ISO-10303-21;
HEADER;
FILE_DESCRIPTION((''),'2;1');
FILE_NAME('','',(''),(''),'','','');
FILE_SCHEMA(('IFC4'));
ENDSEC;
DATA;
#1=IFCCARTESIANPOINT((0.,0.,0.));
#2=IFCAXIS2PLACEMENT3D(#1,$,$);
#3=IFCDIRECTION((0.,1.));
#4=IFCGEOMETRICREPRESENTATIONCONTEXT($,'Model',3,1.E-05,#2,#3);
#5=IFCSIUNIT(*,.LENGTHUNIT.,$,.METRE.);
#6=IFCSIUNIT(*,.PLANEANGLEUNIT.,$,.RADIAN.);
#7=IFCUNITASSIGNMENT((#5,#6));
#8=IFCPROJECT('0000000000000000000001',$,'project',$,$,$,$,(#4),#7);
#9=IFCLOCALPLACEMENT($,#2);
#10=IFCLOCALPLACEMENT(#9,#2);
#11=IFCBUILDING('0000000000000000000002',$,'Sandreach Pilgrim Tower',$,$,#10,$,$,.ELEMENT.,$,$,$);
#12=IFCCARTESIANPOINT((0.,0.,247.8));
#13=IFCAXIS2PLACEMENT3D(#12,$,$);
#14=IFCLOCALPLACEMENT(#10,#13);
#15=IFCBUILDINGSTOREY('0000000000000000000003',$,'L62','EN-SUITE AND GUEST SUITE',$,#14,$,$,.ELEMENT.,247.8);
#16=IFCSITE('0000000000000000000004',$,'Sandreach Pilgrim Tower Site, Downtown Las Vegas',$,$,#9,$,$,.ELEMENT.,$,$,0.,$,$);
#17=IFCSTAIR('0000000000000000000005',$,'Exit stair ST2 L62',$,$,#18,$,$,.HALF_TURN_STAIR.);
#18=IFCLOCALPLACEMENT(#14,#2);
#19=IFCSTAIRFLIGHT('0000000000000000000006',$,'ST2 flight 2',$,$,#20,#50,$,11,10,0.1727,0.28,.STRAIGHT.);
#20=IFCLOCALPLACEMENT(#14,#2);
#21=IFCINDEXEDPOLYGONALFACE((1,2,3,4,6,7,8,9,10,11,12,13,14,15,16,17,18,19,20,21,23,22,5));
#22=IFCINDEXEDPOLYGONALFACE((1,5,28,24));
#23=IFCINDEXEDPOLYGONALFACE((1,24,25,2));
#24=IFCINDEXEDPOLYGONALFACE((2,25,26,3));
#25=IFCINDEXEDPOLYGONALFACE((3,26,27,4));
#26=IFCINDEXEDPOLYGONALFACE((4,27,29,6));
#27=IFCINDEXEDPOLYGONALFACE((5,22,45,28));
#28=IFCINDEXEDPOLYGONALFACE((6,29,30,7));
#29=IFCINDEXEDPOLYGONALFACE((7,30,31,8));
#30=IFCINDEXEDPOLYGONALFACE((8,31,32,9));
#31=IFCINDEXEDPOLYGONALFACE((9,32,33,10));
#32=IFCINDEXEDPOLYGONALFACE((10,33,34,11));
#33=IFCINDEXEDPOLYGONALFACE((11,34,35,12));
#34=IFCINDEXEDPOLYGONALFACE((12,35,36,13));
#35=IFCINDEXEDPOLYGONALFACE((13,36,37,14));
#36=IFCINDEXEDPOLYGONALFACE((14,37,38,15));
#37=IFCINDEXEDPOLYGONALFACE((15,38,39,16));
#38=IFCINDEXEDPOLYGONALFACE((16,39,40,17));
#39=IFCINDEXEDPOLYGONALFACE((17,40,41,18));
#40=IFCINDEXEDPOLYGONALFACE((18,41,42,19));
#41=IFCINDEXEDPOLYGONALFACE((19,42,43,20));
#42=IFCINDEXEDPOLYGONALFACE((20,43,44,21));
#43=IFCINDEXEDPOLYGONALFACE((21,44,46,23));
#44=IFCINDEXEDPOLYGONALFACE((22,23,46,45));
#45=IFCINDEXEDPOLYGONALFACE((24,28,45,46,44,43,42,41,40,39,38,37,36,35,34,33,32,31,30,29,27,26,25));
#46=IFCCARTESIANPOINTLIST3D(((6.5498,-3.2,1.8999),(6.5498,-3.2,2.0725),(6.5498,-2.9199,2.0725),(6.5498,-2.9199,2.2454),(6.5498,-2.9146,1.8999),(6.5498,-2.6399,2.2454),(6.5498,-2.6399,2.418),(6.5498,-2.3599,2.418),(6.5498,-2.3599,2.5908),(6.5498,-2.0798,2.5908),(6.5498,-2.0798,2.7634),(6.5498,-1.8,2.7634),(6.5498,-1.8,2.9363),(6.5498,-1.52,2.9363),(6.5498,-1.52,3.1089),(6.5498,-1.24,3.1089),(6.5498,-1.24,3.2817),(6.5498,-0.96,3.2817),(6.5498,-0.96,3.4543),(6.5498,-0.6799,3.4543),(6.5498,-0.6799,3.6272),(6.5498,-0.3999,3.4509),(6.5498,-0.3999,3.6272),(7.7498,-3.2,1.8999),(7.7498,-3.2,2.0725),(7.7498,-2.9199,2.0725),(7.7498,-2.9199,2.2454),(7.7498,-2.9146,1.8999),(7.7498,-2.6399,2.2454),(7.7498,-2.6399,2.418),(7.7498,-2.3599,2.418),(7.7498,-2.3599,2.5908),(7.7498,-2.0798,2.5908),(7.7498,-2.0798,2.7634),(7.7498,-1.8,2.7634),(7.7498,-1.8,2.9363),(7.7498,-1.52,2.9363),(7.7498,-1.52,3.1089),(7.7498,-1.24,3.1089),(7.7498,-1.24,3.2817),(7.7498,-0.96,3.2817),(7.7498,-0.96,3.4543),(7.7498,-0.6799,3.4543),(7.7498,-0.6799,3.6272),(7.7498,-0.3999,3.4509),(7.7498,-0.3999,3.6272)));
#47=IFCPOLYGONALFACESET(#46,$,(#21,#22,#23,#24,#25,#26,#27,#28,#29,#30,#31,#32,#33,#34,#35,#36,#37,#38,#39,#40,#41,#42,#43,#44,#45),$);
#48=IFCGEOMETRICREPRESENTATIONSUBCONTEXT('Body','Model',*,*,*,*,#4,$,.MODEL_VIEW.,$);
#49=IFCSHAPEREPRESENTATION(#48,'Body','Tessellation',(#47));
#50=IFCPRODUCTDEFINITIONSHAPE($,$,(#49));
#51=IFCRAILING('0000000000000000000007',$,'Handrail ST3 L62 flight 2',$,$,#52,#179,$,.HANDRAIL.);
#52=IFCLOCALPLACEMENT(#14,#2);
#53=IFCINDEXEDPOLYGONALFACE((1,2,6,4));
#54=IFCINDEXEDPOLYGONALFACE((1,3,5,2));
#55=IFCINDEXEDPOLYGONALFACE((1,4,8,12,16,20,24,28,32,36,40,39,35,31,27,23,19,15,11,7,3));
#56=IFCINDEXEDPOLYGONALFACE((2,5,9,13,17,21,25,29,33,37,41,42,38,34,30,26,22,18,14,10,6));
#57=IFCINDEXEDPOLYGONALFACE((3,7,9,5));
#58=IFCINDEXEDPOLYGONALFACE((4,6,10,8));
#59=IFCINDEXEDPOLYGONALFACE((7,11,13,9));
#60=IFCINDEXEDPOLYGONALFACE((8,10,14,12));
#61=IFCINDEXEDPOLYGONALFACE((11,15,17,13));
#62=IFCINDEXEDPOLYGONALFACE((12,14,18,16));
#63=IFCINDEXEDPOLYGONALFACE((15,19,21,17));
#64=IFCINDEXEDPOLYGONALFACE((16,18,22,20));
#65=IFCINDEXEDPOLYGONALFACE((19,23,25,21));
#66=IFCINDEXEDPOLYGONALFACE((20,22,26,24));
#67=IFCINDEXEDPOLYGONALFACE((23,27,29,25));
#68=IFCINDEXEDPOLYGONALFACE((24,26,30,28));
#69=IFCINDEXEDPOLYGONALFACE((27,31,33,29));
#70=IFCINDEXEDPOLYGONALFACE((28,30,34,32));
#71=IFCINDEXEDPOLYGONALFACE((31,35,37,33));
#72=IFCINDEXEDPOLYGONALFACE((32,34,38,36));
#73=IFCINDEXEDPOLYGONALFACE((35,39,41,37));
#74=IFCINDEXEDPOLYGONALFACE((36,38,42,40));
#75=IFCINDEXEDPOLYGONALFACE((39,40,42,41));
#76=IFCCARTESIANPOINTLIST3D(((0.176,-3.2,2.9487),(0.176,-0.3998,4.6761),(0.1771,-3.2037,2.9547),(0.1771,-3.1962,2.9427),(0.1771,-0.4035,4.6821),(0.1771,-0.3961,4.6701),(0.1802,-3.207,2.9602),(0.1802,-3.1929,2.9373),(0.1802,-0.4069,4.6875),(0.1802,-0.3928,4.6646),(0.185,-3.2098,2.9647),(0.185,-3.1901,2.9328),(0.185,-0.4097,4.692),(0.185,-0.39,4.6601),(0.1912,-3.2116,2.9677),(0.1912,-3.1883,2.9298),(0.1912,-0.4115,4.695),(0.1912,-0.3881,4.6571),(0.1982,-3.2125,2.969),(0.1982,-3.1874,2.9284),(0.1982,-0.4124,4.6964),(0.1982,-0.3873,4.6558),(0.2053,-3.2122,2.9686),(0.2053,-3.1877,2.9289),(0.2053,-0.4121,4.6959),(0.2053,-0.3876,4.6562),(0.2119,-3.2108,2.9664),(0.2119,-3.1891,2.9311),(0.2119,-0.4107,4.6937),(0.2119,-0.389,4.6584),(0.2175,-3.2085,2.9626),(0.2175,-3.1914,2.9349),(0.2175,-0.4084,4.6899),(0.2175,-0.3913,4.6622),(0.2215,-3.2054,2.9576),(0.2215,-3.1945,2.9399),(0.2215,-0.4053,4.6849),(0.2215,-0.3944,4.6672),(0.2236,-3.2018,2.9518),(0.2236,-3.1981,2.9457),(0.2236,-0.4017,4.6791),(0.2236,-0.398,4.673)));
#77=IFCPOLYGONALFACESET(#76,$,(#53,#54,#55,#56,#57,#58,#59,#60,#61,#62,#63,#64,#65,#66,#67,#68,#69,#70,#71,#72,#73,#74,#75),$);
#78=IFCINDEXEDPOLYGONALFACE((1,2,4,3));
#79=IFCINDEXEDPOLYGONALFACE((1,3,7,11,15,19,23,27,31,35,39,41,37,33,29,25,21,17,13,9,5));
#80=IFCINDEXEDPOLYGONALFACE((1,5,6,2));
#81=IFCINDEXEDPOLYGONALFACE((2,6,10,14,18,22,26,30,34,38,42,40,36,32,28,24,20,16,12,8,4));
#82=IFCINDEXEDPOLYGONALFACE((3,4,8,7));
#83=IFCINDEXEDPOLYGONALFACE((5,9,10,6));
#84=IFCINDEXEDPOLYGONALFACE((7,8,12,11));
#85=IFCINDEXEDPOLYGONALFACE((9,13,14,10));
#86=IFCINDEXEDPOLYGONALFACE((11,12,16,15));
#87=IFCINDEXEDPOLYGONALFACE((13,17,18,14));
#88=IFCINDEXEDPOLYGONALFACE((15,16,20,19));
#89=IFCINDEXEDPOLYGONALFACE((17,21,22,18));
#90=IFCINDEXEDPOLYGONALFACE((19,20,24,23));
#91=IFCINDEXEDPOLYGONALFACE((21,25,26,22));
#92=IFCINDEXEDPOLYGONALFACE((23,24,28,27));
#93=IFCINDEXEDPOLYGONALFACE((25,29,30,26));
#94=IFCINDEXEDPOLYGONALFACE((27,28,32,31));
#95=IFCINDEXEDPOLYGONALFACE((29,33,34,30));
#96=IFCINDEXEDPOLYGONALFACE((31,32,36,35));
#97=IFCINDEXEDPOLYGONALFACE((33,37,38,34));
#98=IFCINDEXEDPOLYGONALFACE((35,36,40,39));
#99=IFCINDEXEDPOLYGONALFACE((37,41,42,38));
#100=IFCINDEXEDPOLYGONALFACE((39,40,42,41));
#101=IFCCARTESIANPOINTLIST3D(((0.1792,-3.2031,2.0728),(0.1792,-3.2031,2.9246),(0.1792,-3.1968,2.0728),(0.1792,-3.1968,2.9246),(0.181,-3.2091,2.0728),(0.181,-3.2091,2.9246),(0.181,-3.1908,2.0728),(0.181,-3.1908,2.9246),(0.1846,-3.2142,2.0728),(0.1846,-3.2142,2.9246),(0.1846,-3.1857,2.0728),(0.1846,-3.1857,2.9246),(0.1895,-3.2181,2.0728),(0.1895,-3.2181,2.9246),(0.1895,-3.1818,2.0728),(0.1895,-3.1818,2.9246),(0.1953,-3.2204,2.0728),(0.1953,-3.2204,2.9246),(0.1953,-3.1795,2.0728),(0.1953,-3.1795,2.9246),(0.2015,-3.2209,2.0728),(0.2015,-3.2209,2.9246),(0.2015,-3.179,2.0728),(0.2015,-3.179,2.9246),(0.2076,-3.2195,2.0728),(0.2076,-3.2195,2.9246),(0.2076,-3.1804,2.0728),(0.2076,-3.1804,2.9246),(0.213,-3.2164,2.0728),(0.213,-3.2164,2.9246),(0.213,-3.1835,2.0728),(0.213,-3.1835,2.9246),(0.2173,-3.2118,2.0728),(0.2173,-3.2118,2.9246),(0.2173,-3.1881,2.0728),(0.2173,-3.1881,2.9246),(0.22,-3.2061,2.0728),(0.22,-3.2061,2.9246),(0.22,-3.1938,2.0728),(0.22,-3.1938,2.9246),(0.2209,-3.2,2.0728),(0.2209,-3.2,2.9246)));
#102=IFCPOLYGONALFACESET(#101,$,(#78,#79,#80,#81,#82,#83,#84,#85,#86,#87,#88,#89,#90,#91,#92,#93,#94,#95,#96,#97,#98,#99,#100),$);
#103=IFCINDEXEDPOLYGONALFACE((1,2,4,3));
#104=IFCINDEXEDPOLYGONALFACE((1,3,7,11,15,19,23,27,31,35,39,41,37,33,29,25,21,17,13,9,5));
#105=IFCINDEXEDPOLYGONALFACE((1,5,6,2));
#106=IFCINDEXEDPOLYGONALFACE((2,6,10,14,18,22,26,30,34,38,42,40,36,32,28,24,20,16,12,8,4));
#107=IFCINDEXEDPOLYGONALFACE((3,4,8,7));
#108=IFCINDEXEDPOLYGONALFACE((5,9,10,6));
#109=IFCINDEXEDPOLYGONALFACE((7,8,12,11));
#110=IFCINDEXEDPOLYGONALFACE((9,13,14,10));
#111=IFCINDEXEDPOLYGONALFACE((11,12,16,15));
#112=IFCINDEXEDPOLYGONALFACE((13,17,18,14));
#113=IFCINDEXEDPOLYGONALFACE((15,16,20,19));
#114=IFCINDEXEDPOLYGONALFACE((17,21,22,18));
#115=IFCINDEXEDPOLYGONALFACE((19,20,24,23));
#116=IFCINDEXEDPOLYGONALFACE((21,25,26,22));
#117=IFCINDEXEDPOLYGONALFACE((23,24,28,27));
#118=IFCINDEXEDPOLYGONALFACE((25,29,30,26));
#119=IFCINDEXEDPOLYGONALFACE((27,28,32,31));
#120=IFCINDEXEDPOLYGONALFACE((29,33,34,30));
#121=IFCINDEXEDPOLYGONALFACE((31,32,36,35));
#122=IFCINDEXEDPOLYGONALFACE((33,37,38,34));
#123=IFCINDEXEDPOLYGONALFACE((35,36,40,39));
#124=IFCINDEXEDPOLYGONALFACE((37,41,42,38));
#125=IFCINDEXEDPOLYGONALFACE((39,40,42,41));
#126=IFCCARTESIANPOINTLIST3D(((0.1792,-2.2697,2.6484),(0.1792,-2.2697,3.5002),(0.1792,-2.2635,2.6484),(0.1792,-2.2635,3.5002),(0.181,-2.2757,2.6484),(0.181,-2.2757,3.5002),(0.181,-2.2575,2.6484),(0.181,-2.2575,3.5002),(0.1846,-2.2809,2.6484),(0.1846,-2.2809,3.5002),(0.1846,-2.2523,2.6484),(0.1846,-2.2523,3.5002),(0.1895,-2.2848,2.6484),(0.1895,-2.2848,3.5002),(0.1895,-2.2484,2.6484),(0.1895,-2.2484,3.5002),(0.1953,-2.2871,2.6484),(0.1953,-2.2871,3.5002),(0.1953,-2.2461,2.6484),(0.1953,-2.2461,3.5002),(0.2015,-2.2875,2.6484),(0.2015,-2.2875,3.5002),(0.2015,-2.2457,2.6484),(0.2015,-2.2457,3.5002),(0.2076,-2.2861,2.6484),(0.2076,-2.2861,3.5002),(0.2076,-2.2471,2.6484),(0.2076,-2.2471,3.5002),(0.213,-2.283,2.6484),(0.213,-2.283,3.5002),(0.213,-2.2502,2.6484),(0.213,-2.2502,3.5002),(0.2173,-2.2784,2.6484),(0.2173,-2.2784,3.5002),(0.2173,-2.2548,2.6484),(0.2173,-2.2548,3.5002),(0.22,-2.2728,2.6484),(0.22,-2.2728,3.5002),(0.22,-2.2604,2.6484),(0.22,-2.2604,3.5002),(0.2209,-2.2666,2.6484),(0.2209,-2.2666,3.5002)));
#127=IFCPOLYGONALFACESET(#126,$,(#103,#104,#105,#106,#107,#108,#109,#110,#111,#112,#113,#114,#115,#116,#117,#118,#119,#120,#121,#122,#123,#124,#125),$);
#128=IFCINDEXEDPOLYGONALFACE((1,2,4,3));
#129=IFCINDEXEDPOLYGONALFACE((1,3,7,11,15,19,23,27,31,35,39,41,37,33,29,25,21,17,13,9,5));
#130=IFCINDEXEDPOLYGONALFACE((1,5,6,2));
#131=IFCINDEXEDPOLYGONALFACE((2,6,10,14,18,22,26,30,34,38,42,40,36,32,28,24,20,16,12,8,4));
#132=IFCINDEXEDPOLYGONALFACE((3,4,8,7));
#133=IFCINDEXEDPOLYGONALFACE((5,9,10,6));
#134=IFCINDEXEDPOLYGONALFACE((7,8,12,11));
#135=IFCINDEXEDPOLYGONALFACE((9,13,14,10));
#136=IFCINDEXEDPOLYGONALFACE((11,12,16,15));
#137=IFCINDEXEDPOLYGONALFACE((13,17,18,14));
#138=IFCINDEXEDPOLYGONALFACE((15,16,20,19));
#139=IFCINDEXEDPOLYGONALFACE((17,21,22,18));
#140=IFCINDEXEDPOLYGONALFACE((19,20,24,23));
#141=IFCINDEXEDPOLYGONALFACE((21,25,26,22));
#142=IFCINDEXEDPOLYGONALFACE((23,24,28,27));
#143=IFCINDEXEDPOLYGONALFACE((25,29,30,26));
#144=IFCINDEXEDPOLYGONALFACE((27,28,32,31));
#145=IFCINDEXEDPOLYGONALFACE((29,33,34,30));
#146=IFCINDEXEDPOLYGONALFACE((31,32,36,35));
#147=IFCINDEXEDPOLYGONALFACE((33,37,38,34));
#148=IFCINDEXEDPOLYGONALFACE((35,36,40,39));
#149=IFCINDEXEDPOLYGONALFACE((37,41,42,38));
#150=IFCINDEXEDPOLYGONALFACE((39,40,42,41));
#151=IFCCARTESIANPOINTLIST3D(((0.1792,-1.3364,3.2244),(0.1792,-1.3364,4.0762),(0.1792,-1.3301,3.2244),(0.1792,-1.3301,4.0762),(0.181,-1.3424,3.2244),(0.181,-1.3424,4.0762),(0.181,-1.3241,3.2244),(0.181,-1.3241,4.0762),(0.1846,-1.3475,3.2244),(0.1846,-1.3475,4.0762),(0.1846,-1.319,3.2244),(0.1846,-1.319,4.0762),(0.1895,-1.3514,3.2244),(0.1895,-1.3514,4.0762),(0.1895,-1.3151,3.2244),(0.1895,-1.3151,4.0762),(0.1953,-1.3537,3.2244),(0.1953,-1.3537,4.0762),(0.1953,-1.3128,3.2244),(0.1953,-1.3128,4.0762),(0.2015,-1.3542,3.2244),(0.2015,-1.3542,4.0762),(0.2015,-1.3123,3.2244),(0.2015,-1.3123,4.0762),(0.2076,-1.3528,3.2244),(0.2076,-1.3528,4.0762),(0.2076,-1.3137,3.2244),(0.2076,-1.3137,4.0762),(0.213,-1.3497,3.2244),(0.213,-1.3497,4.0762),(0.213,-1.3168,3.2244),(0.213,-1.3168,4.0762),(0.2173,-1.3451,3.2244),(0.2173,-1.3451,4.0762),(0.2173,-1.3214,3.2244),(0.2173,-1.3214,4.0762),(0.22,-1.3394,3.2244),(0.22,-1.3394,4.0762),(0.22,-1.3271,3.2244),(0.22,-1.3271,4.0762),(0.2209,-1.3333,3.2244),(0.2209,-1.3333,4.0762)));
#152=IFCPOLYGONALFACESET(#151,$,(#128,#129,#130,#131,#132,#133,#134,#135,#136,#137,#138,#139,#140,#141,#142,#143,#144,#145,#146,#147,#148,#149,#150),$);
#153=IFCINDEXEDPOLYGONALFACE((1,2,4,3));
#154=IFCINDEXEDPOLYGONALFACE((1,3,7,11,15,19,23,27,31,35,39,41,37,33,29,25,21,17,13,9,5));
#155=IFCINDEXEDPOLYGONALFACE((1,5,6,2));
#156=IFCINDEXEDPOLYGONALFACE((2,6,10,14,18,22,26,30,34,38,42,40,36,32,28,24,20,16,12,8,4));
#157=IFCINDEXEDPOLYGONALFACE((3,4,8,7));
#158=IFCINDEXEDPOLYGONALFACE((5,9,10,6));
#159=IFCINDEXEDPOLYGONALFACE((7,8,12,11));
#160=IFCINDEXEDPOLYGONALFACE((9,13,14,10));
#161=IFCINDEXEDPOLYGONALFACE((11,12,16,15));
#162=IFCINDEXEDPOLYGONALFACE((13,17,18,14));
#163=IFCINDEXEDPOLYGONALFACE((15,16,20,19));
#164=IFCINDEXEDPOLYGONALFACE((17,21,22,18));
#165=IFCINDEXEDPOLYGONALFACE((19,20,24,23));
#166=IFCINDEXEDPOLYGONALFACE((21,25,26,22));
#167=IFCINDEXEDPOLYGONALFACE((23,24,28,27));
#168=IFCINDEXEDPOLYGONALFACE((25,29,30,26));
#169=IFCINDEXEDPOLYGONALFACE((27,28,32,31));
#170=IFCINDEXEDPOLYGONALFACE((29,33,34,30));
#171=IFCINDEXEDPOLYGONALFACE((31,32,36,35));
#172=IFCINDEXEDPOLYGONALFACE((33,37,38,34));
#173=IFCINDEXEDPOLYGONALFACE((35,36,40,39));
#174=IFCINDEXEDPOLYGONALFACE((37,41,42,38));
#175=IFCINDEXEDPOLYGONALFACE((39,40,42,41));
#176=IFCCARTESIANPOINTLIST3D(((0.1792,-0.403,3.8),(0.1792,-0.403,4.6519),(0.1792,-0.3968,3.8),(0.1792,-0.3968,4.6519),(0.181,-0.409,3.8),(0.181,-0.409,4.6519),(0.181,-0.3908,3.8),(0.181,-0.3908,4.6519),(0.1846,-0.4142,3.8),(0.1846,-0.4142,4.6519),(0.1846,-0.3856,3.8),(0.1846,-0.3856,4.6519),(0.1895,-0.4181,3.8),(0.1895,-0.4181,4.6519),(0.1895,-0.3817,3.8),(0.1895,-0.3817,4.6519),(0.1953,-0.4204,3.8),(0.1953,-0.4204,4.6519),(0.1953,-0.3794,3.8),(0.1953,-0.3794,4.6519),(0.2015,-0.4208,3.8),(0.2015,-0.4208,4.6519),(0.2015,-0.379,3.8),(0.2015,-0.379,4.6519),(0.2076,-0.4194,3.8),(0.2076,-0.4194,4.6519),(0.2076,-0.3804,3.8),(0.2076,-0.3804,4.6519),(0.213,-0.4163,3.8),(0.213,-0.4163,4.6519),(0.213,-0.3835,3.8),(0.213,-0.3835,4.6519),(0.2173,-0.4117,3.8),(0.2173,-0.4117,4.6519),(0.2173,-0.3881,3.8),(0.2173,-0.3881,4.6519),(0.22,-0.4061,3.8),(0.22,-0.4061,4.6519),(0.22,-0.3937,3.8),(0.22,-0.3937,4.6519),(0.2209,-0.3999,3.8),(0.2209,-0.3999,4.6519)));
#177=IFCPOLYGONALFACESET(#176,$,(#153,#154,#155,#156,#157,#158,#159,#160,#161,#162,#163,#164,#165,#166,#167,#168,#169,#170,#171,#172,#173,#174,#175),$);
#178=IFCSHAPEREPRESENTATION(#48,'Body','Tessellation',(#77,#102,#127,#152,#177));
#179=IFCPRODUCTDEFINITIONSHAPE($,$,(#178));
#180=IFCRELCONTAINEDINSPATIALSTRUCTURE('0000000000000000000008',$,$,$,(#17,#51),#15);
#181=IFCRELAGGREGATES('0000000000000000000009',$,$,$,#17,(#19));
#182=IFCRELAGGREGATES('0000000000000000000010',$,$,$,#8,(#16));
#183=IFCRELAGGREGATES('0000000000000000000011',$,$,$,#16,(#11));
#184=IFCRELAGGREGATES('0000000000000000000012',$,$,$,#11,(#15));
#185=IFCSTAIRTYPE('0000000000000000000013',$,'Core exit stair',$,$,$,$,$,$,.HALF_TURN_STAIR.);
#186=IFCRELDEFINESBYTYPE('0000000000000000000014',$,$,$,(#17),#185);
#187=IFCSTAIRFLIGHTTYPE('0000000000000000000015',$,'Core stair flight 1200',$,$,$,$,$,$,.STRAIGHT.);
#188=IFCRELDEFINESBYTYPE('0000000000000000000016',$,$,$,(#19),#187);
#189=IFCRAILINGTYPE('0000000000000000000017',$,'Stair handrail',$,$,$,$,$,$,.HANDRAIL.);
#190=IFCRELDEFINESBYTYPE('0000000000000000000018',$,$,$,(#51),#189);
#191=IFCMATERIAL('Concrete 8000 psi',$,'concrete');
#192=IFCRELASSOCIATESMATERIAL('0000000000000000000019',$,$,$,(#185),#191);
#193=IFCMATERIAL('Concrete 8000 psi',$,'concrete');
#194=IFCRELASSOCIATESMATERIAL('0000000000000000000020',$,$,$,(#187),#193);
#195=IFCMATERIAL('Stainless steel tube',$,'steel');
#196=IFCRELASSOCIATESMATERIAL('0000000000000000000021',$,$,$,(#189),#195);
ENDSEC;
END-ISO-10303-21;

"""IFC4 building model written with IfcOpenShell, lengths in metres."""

from ifc_helpers import new_model, si_unit, direction, frame, origin, origin_2d, place, context, subcontext, project, spatial, polyline, circle, outline, extrude, material, type_object, element, aggregate, save


model = new_model("IFC4")

# Units and contexts
model_context = context("Model", 3, precision=1e-05, world=origin(), true_north=direction((0.0, 1.0)))
body_context = subcontext(model_context, "Body", "Model", "MODEL_VIEW")
ifc_project = project(units=[si_unit("LENGTHUNIT", "METRE"), si_unit("PLANEANGLEUNIT", "RADIAN")], contexts=[model_context])

# Site, building, storey
site_placement = place(None, origin())
site = spatial("IfcSite", under=ifc_project, at=site_placement, Name="Sandreach Pilgrim Tower Site, Downtown Las Vegas", CompositionType="ELEMENT", RefElevation=0.0)
building_placement = place(site_placement, origin())
building = spatial("IfcBuilding", under=site, at=building_placement, Name="Sandreach Pilgrim Tower", CompositionType="ELEMENT")
storey_placement = place(building_placement, frame((0.0, 0.0, 247.8)))
storey = spatial("IfcBuildingStorey", under=building, at=storey_placement, Name="L62", Description="EN-SUITE AND GUEST SUITE", CompositionType="ELEMENT", Elevation=247.8)

# Shared definitions
ifc_material_1 = material(Name="Concrete 8000 psi", Category="concrete")
stair_type = type_object("IfcStairType", Name="Core exit stair", PredefinedType="HALF_TURN_STAIR", material=ifc_material_1)

# Stair
stair_1_placement = place(storey_placement, origin())
stair_1 = element("IfcStair", 1, at=stair_1_placement, inside=storey, type_object=stair_type, Name="Exit stair ST2 L62", PredefinedType="HALF_TURN_STAIR")

# Stair flight
ifc_material_2 = material(Name="Concrete 8000 psi", Category="concrete")
stair_flight_type = type_object("IfcStairFlightType", Name="Core stair flight 1200", PredefinedType="STRAIGHT", material=ifc_material_2)
stair_flight_1_placement = place(storey_placement, frame((7.1499, -3.2, 1.8999), z_axis=(0.0, 0.0, 1.0), x_axis=(0.0, 1.0, 0.0)))
stair_flight_1 = element("IfcStairFlight", 2, at=stair_flight_1_placement, type_object=stair_flight_type, Name="ST2 flight 2", NumberOfRisers=11, NumberOfTreads=10, PredefinedType="STRAIGHT", RiserHeight=0.1727, TreadLength=0.28, context=body_context, shape_type="SweptSolid", body=[
    extrude(outline(polyline([(0.0, 0.0), (0.0, 0.1726), (0.28, 0.1726), (0.28, 0.3455), (0.5601, 0.3455), (0.5601, 0.5181), (0.8401, 0.5181), (0.8401, 0.6909), (1.1201, 0.6909), (1.1201, 0.8635), (1.3999, 0.8635), (1.3999, 1.0364), (1.6799, 1.0364), (1.6799, 1.209), (1.96, 1.209), (1.96, 1.3818), (2.24, 1.3818), (2.24, 1.5544), (2.52, 1.5544), (2.52, 1.7273), (2.8, 1.7273), (2.8, 1.8999), (2.8, 1.551), (0.2854, 0.0), (0.0, 0.0)])), frame((0.0, 0.6001, 0.0), z_axis=(0.0, -1.0, 0.0), x_axis=(1.0, 0.0, 0.0)), (0.0, 0.0, 1.0), 1.2),
])
aggregate(stair_1, [stair_flight_1])

# Railing
ifc_material_3 = material(Name="Stainless steel tube", Category="steel")
railing_type = type_object("IfcRailingType", Name="Stair handrail", PredefinedType="HANDRAIL", material=ifc_material_3)
for number, where, name in (
    (3, (0.2, -3.2, 2.0728), "Handrail ST3 L62 flight 2"),
):
    element("IfcRailing", number, at=place(storey_placement, frame(where)), inside=storey, type_object=railing_type, Name=name, PredefinedType="HANDRAIL", context=body_context, shape_type="SweptSolid", body=[
        extrude(circle(Radius=0.0239, at=origin_2d()), frame((0.0, 0.0, 0.876), z_axis=(0.0, 0.85109, 0.52502), x_axis=(-1.0, 0.0, 0.0)), (0.0, 0.0, 1.0), 3.29),
        extrude(circle(Radius=0.021, at=origin_2d()), origin(), (0.0, 0.0, 1.0), 0.8518),
        extrude(circle(Radius=0.021, at=origin_2d()), frame((0.0, 0.9333, 0.5757)), (0.0, 0.0, 1.0), 0.8518),
        extrude(circle(Radius=0.021, at=origin_2d()), frame((0.0, 1.8667, 1.1516)), (0.0, 0.0, 1.0), 0.8518),
        extrude(circle(Radius=0.021, at=origin_2d()), frame((0.0, 2.8, 1.7273)), (0.0, 0.0, 1.0), 0.8518),
    ])

save(model, "model.ifc")
